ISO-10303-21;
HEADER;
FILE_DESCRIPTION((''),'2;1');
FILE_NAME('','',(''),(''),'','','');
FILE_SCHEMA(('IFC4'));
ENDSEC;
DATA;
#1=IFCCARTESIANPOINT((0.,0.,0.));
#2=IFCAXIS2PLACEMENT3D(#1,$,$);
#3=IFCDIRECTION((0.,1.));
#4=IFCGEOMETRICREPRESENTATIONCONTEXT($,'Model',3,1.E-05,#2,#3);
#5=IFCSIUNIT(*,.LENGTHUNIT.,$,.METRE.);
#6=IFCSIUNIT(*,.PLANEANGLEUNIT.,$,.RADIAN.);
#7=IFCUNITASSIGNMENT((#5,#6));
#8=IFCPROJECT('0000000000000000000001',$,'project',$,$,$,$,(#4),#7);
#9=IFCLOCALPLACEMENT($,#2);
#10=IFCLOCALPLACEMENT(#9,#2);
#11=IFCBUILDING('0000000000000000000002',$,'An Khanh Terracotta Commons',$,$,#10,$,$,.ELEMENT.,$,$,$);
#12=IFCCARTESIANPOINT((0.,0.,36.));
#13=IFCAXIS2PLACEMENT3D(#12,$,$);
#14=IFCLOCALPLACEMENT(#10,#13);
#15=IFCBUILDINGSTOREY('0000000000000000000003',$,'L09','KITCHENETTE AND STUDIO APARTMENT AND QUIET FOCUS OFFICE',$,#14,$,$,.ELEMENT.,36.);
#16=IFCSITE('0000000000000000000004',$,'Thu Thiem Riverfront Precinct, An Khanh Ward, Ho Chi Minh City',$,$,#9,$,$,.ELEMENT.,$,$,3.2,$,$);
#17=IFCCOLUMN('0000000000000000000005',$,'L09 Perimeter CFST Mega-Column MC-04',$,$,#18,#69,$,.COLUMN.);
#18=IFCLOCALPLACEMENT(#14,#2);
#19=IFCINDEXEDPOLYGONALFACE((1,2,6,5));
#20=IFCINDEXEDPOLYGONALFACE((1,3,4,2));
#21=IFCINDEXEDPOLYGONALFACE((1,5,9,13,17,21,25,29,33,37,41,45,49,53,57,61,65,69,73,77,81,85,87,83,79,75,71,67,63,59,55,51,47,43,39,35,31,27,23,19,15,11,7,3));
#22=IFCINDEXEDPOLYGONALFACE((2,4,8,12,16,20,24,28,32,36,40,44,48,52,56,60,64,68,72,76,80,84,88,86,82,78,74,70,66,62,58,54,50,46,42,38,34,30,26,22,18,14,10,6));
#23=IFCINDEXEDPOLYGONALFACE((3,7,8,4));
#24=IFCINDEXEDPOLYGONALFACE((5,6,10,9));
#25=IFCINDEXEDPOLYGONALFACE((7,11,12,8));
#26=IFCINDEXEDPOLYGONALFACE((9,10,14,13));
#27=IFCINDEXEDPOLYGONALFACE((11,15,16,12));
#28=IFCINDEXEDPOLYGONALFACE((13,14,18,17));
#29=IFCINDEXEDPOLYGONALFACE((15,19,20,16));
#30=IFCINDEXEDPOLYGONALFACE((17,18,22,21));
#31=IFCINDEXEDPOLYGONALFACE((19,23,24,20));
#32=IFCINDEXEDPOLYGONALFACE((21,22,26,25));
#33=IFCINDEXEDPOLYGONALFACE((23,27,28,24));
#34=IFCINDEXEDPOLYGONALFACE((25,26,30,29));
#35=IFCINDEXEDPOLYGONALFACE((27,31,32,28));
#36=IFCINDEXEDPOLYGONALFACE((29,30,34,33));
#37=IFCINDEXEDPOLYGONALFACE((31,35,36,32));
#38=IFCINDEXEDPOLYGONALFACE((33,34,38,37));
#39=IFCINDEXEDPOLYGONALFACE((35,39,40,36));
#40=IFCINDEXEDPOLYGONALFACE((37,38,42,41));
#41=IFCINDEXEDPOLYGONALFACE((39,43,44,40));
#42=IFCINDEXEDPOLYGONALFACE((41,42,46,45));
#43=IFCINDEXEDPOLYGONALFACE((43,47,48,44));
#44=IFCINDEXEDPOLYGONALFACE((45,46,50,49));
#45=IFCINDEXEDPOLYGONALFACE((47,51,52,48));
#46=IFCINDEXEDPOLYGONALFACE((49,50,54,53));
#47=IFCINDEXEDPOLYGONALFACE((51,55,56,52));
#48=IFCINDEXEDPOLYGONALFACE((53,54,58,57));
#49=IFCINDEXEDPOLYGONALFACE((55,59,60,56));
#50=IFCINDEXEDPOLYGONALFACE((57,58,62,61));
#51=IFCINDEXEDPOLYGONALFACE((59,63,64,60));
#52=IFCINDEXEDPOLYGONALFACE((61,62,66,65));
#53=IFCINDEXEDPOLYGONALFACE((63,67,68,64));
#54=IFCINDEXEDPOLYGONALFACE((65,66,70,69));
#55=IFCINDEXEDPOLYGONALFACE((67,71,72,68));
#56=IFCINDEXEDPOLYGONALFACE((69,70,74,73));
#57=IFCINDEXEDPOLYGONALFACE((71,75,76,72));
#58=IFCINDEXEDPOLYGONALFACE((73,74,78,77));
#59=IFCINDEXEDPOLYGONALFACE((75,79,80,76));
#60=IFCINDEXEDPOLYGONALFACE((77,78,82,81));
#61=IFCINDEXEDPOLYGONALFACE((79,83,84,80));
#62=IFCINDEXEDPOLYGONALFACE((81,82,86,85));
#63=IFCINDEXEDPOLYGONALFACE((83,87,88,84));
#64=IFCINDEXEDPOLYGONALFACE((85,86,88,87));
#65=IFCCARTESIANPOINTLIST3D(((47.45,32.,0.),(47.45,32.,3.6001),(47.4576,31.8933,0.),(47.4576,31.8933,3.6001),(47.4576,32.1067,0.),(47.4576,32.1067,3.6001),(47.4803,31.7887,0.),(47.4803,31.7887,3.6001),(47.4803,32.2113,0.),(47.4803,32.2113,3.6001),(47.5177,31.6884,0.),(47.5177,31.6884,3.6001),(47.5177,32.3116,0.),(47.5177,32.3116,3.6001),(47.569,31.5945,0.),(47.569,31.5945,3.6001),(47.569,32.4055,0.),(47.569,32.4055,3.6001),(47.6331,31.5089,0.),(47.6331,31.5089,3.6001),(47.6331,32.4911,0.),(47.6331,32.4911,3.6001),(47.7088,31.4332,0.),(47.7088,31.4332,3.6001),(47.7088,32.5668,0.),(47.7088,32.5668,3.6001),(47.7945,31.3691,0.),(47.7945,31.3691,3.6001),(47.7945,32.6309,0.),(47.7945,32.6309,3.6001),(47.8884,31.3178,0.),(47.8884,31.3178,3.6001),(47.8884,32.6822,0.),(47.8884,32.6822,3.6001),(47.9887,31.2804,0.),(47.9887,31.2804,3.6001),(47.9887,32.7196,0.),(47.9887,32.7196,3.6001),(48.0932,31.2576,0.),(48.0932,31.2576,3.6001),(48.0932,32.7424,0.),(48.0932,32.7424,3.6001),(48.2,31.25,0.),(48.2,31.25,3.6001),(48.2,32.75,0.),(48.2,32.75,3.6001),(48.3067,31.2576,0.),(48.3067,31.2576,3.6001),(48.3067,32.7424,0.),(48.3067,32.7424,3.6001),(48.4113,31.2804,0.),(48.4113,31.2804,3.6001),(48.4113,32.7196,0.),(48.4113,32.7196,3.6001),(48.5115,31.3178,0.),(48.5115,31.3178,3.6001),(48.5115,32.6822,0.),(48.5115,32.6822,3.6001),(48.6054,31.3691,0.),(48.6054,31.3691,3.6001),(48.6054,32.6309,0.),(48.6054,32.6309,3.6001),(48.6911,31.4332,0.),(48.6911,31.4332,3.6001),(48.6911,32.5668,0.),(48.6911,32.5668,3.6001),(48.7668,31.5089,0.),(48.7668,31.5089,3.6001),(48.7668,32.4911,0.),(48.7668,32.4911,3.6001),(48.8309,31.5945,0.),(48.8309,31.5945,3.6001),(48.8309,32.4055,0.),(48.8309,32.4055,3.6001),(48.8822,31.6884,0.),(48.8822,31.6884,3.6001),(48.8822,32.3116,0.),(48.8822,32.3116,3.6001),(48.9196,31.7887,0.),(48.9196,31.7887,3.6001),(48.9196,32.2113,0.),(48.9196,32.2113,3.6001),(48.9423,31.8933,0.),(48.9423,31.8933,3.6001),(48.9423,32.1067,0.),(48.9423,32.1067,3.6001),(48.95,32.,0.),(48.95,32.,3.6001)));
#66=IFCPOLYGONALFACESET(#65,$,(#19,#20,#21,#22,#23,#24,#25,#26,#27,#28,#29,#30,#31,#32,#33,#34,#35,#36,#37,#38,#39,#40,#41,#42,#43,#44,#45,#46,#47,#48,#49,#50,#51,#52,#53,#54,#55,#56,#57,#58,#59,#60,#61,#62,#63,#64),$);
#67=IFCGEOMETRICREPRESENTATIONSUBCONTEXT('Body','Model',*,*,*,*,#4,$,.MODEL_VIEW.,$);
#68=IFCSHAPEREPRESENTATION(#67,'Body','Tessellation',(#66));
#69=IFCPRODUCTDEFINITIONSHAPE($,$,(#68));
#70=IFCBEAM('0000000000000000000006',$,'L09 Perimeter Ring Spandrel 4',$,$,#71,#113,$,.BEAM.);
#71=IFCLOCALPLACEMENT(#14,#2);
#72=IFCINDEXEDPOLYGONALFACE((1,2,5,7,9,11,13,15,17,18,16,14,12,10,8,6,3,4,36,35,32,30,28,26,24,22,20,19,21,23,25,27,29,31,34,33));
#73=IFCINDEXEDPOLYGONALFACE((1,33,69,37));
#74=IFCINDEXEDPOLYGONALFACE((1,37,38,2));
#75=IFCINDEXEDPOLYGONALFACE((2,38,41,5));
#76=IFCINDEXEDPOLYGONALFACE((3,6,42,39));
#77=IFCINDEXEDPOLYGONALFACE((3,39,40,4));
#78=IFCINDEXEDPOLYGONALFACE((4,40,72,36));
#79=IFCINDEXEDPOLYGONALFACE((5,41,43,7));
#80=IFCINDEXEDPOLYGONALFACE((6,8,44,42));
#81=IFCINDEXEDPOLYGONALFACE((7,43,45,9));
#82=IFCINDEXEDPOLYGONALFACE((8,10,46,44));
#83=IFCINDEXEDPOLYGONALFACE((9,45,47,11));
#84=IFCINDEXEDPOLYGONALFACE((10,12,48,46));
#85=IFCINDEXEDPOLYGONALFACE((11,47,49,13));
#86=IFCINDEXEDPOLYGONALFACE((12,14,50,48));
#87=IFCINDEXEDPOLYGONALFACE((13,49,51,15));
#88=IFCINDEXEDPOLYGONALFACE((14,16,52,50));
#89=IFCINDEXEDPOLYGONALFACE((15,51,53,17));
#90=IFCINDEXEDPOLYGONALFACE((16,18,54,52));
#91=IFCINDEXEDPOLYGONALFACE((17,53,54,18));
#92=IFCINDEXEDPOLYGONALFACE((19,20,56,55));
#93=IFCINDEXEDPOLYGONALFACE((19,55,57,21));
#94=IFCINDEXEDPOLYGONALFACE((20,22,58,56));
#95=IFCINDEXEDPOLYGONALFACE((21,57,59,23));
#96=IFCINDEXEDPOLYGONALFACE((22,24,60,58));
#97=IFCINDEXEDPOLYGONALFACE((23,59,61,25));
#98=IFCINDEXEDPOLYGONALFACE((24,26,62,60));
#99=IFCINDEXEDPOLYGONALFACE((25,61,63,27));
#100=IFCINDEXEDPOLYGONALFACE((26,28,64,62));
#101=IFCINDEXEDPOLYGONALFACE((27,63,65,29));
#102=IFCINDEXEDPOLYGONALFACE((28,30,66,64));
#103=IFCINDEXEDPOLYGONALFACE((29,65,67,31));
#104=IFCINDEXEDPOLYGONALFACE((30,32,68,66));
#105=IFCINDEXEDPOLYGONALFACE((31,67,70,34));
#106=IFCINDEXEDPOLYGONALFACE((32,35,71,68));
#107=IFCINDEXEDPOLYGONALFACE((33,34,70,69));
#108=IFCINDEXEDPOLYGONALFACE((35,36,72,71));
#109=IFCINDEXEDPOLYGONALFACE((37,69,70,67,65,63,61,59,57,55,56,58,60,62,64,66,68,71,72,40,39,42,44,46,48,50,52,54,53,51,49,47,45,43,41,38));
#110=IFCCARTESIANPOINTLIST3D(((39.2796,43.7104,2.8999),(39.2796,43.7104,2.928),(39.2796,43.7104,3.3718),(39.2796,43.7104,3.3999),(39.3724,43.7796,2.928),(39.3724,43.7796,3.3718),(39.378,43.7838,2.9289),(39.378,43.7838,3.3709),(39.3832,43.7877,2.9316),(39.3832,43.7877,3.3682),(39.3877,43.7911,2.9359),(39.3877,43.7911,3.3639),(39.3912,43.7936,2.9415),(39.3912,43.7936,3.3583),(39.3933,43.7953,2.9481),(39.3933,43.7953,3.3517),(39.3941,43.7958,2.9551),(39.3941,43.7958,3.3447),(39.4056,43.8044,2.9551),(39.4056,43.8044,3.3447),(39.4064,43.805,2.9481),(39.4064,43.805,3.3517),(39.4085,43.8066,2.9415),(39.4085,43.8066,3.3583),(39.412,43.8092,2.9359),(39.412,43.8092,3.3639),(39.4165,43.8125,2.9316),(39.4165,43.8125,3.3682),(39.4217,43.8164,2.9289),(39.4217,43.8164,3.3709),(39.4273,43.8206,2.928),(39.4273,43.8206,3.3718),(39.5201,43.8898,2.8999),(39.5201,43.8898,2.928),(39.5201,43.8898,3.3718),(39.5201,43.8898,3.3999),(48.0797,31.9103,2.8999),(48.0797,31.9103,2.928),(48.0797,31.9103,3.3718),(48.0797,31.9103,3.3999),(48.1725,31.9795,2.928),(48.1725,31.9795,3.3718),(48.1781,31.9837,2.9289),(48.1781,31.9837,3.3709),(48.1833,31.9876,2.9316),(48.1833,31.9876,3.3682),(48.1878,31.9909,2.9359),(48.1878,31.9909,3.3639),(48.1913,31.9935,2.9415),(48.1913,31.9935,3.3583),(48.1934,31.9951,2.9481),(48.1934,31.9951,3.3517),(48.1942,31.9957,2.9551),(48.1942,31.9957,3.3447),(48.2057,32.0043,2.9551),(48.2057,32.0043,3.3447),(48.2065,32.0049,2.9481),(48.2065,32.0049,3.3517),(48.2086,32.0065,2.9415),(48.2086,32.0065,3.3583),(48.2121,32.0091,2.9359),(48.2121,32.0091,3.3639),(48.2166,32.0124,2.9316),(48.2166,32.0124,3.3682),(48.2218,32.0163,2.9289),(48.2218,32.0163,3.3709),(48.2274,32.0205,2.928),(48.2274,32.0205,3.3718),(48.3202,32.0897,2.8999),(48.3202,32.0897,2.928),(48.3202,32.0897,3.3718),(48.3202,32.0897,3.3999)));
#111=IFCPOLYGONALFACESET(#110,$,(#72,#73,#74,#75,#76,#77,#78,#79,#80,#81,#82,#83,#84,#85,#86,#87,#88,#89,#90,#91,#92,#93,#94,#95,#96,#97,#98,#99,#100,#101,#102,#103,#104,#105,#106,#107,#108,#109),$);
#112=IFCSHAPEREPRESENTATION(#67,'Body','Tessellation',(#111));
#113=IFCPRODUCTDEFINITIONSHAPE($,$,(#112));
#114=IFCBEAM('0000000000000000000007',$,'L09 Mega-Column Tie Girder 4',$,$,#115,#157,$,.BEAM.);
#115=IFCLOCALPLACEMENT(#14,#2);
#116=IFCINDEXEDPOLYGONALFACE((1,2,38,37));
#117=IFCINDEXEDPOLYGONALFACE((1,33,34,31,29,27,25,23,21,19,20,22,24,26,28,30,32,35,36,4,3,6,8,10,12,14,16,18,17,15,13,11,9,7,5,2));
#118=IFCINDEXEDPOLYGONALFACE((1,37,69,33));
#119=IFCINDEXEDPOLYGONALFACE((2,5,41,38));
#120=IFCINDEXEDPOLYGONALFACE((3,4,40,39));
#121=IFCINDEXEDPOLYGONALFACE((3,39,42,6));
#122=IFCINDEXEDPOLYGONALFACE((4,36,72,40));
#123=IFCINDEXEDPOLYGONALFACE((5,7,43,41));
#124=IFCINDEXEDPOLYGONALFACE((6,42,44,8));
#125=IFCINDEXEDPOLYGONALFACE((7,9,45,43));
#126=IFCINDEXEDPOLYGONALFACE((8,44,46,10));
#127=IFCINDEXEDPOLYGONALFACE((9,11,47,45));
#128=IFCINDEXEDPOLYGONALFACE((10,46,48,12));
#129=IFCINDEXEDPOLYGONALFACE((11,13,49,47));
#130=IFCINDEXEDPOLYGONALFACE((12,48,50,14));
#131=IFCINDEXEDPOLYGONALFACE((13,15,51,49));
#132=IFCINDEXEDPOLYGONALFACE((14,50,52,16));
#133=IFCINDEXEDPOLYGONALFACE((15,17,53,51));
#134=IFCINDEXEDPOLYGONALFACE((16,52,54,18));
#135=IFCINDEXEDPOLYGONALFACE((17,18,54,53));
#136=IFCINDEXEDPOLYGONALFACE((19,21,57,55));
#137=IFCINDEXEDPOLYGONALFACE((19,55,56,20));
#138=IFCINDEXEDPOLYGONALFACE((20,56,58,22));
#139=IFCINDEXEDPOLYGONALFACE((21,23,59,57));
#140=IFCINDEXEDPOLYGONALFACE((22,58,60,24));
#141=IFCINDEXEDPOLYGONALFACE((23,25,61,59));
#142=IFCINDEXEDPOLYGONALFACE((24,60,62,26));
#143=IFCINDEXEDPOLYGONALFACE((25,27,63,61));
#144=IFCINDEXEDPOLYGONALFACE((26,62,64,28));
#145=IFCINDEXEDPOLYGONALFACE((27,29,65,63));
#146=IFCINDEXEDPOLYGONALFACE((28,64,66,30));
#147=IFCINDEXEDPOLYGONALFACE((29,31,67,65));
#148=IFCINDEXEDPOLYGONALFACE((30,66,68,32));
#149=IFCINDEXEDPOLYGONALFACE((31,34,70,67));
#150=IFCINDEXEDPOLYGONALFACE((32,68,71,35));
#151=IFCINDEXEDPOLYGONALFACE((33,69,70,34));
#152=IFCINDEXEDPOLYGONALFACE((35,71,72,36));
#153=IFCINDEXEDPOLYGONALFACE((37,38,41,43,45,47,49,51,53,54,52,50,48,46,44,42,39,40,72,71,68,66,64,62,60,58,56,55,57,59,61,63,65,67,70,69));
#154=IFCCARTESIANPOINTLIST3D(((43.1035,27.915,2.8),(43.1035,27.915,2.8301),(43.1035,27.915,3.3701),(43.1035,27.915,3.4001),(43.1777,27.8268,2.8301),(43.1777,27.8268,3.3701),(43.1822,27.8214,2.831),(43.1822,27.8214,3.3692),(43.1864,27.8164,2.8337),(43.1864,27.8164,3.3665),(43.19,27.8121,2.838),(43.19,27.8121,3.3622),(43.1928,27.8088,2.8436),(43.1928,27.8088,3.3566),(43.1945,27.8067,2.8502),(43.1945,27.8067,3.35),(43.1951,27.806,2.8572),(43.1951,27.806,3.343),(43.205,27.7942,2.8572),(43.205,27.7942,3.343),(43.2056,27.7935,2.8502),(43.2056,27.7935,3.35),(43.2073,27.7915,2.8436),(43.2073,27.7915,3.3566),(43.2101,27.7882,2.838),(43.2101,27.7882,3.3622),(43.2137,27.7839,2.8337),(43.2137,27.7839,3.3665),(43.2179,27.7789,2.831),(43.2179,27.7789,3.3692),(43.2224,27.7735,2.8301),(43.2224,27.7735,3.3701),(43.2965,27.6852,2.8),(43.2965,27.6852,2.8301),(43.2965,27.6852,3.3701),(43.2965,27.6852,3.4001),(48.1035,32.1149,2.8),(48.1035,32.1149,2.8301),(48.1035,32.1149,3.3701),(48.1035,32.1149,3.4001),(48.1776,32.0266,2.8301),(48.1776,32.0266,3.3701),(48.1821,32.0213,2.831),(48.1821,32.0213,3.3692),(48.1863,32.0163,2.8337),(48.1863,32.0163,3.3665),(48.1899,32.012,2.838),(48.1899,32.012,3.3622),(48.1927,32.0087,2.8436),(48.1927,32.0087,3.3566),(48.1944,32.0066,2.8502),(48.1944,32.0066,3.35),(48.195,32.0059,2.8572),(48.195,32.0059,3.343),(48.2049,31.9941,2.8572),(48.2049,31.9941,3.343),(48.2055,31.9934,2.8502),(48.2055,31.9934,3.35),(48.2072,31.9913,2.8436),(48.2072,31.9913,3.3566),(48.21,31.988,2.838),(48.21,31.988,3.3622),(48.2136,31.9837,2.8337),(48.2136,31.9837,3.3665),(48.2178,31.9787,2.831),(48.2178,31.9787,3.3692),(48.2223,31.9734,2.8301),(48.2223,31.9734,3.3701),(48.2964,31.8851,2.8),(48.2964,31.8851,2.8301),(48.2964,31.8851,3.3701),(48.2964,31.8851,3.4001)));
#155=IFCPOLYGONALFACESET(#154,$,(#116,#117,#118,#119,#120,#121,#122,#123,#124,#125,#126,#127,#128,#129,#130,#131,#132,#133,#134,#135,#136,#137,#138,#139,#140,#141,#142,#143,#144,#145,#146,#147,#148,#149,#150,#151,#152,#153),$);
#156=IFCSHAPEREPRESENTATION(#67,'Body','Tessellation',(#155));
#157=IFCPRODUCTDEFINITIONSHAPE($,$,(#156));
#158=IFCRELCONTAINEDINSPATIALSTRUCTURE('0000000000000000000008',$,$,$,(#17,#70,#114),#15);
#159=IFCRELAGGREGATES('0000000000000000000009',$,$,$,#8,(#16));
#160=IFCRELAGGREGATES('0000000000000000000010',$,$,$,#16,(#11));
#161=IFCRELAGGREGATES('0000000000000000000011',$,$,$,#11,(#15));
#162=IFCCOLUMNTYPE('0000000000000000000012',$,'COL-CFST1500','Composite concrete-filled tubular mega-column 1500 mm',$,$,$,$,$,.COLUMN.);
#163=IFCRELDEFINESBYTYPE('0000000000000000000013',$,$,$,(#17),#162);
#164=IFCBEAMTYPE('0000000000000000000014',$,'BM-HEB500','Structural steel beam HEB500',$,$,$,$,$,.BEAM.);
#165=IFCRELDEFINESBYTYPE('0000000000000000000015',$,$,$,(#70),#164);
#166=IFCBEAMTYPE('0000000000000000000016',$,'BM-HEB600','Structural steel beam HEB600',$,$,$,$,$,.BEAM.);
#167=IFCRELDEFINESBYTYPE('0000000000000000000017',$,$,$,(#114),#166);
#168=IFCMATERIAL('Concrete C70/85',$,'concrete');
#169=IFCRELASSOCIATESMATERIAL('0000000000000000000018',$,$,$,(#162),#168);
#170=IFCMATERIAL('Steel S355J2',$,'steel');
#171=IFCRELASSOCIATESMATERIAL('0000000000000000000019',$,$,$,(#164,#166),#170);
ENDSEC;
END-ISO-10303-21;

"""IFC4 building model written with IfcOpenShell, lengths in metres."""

from ifc_helpers import new_model, si_unit, direction, frame, origin, origin_2d, place, context, subcontext, project, spatial, circle, i_section, extrude, material, material_profile, profile_set, type_object, element, save


model = new_model("IFC4")

# Units and contexts
model_context = context("Model", 3, precision=1e-05, world=origin(), true_north=direction((0.0, 1.0)))
body_context = subcontext(model_context, "Body", "Model", "MODEL_VIEW")
ifc_project = project(units=[si_unit("LENGTHUNIT", "METRE"), si_unit("PLANEANGLEUNIT", "RADIAN")], contexts=[model_context])

# Site, building, storey
site_placement = place(None, origin())
site = spatial("IfcSite", under=ifc_project, at=site_placement, Name="Thu Thiem Riverfront Precinct, An Khanh Ward, Ho Chi Minh City", CompositionType="ELEMENT", RefElevation=3.2)
building_placement = place(site_placement, origin())
building = spatial("IfcBuilding", under=site, at=building_placement, Name="An Khanh Terracotta Commons", CompositionType="ELEMENT")
storey_placement = place(building_placement, frame((0.0, 0.0, 36.0)))
storey = spatial("IfcBuildingStorey", under=building, at=storey_placement, Name="L09", Description="KITCHENETTE AND STUDIO APARTMENT AND QUIET FOCUS OFFICE", CompositionType="ELEMENT", Elevation=36.0)

# Column
ifc_material_1 = material(Name="Concrete C70/85", Category="concrete")
ifc_material_profile_1 = material_profile(ifc_material_1, circle(Radius=0.75, at=origin_2d()), Name="CFST1500")
ifc_profile_set_1 = profile_set([ifc_material_profile_1], Name="Concrete C70/85")
column_type = type_object("IfcColumnType", Name="COL-CFST1500", Description="Composite concrete-filled tubular mega-column 1500 mm", PredefinedType="COLUMN", material=ifc_profile_set_1)
column_placement = place(storey_placement, frame((48.2, 32.0, 0.0), z_axis=(0.0, 0.0, 1.0), x_axis=(1.0, 0.0, 0.0)))
element("IfcColumn", 1, at=column_placement, inside=storey, type_object=column_type, Name="L09 Perimeter CFST Mega-Column MC-04", PredefinedType="COLUMN", context=body_context, shape_type="SweptSolid", body=[
    extrude(circle(Radius=0.75, at=origin_2d()), origin(), (0.0, 0.0, 1.0), 3.6001),
])

# Beams
ifc_material_2 = material(Name="Steel S355J2", Category="steel")
ifc_material_profile_2 = material_profile(ifc_material_2, i_section(OverallWidth=0.3, OverallDepth=0.5, WebThickness=0.0144, FlangeThickness=0.0281, FilletRadius=0.0271, at=origin_2d()), Name="HEB500")
ifc_profile_set_2 = profile_set([ifc_material_profile_2], Name="Steel S355J2")
beam_type_1 = type_object("IfcBeamType", Name="BM-HEB500", Description="Structural steel beam HEB500", PredefinedType="BEAM", material=ifc_profile_set_2)
beam_1_placement = place(storey_placement, frame((48.2, 32.0, 3.1499), z_axis=(-0.597824, 0.801627, 0.0), x_axis=(-0.801627, -0.597824, 0.0)))
element("IfcBeam", 2, at=beam_1_placement, inside=storey, type_object=beam_type_1, Name="L09 Perimeter Ring Spandrel 4", PredefinedType="BEAM", context=body_context, shape_type="SweptSolid", body=[
    extrude(i_section(OverallWidth=0.3, OverallDepth=0.5, WebThickness=0.0144, FlangeThickness=0.0281, FilletRadius=0.0271, at=origin_2d()), origin(), (0.0, 0.0, 1.0), 14.7202),
])
ifc_material_profile_3 = material_profile(ifc_material_2, i_section(OverallWidth=0.3, OverallDepth=0.6001, WebThickness=0.0154, FlangeThickness=0.03, FilletRadius=0.0271, at=origin_2d()), Name="HEB600")
ifc_profile_set_3 = profile_set([ifc_material_profile_3], Name="Steel S355J2")
beam_type_2 = type_object("IfcBeamType", Name="BM-HEB600", Description="Structural steel beam HEB600", PredefinedType="BEAM", material=ifc_profile_set_3)
beam_2_placement = place(storey_placement, frame((48.2, 32.0, 3.1001), z_axis=(-0.765709, -0.643188, 0.0), x_axis=(0.643188, -0.765709, 0.0)))
element("IfcBeam", 3, at=beam_2_placement, inside=storey, type_object=beam_type_2, Name="L09 Mega-Column Tie Girder 4", PredefinedType="BEAM", context=body_context, shape_type="SweptSolid", body=[
    extrude(i_section(OverallWidth=0.3, OverallDepth=0.6001, WebThickness=0.0154, FlangeThickness=0.03, FilletRadius=0.0271, at=origin_2d()), origin(), (0.0, 0.0, 1.0), 6.5298),
])

save(model, "model.ifc")
